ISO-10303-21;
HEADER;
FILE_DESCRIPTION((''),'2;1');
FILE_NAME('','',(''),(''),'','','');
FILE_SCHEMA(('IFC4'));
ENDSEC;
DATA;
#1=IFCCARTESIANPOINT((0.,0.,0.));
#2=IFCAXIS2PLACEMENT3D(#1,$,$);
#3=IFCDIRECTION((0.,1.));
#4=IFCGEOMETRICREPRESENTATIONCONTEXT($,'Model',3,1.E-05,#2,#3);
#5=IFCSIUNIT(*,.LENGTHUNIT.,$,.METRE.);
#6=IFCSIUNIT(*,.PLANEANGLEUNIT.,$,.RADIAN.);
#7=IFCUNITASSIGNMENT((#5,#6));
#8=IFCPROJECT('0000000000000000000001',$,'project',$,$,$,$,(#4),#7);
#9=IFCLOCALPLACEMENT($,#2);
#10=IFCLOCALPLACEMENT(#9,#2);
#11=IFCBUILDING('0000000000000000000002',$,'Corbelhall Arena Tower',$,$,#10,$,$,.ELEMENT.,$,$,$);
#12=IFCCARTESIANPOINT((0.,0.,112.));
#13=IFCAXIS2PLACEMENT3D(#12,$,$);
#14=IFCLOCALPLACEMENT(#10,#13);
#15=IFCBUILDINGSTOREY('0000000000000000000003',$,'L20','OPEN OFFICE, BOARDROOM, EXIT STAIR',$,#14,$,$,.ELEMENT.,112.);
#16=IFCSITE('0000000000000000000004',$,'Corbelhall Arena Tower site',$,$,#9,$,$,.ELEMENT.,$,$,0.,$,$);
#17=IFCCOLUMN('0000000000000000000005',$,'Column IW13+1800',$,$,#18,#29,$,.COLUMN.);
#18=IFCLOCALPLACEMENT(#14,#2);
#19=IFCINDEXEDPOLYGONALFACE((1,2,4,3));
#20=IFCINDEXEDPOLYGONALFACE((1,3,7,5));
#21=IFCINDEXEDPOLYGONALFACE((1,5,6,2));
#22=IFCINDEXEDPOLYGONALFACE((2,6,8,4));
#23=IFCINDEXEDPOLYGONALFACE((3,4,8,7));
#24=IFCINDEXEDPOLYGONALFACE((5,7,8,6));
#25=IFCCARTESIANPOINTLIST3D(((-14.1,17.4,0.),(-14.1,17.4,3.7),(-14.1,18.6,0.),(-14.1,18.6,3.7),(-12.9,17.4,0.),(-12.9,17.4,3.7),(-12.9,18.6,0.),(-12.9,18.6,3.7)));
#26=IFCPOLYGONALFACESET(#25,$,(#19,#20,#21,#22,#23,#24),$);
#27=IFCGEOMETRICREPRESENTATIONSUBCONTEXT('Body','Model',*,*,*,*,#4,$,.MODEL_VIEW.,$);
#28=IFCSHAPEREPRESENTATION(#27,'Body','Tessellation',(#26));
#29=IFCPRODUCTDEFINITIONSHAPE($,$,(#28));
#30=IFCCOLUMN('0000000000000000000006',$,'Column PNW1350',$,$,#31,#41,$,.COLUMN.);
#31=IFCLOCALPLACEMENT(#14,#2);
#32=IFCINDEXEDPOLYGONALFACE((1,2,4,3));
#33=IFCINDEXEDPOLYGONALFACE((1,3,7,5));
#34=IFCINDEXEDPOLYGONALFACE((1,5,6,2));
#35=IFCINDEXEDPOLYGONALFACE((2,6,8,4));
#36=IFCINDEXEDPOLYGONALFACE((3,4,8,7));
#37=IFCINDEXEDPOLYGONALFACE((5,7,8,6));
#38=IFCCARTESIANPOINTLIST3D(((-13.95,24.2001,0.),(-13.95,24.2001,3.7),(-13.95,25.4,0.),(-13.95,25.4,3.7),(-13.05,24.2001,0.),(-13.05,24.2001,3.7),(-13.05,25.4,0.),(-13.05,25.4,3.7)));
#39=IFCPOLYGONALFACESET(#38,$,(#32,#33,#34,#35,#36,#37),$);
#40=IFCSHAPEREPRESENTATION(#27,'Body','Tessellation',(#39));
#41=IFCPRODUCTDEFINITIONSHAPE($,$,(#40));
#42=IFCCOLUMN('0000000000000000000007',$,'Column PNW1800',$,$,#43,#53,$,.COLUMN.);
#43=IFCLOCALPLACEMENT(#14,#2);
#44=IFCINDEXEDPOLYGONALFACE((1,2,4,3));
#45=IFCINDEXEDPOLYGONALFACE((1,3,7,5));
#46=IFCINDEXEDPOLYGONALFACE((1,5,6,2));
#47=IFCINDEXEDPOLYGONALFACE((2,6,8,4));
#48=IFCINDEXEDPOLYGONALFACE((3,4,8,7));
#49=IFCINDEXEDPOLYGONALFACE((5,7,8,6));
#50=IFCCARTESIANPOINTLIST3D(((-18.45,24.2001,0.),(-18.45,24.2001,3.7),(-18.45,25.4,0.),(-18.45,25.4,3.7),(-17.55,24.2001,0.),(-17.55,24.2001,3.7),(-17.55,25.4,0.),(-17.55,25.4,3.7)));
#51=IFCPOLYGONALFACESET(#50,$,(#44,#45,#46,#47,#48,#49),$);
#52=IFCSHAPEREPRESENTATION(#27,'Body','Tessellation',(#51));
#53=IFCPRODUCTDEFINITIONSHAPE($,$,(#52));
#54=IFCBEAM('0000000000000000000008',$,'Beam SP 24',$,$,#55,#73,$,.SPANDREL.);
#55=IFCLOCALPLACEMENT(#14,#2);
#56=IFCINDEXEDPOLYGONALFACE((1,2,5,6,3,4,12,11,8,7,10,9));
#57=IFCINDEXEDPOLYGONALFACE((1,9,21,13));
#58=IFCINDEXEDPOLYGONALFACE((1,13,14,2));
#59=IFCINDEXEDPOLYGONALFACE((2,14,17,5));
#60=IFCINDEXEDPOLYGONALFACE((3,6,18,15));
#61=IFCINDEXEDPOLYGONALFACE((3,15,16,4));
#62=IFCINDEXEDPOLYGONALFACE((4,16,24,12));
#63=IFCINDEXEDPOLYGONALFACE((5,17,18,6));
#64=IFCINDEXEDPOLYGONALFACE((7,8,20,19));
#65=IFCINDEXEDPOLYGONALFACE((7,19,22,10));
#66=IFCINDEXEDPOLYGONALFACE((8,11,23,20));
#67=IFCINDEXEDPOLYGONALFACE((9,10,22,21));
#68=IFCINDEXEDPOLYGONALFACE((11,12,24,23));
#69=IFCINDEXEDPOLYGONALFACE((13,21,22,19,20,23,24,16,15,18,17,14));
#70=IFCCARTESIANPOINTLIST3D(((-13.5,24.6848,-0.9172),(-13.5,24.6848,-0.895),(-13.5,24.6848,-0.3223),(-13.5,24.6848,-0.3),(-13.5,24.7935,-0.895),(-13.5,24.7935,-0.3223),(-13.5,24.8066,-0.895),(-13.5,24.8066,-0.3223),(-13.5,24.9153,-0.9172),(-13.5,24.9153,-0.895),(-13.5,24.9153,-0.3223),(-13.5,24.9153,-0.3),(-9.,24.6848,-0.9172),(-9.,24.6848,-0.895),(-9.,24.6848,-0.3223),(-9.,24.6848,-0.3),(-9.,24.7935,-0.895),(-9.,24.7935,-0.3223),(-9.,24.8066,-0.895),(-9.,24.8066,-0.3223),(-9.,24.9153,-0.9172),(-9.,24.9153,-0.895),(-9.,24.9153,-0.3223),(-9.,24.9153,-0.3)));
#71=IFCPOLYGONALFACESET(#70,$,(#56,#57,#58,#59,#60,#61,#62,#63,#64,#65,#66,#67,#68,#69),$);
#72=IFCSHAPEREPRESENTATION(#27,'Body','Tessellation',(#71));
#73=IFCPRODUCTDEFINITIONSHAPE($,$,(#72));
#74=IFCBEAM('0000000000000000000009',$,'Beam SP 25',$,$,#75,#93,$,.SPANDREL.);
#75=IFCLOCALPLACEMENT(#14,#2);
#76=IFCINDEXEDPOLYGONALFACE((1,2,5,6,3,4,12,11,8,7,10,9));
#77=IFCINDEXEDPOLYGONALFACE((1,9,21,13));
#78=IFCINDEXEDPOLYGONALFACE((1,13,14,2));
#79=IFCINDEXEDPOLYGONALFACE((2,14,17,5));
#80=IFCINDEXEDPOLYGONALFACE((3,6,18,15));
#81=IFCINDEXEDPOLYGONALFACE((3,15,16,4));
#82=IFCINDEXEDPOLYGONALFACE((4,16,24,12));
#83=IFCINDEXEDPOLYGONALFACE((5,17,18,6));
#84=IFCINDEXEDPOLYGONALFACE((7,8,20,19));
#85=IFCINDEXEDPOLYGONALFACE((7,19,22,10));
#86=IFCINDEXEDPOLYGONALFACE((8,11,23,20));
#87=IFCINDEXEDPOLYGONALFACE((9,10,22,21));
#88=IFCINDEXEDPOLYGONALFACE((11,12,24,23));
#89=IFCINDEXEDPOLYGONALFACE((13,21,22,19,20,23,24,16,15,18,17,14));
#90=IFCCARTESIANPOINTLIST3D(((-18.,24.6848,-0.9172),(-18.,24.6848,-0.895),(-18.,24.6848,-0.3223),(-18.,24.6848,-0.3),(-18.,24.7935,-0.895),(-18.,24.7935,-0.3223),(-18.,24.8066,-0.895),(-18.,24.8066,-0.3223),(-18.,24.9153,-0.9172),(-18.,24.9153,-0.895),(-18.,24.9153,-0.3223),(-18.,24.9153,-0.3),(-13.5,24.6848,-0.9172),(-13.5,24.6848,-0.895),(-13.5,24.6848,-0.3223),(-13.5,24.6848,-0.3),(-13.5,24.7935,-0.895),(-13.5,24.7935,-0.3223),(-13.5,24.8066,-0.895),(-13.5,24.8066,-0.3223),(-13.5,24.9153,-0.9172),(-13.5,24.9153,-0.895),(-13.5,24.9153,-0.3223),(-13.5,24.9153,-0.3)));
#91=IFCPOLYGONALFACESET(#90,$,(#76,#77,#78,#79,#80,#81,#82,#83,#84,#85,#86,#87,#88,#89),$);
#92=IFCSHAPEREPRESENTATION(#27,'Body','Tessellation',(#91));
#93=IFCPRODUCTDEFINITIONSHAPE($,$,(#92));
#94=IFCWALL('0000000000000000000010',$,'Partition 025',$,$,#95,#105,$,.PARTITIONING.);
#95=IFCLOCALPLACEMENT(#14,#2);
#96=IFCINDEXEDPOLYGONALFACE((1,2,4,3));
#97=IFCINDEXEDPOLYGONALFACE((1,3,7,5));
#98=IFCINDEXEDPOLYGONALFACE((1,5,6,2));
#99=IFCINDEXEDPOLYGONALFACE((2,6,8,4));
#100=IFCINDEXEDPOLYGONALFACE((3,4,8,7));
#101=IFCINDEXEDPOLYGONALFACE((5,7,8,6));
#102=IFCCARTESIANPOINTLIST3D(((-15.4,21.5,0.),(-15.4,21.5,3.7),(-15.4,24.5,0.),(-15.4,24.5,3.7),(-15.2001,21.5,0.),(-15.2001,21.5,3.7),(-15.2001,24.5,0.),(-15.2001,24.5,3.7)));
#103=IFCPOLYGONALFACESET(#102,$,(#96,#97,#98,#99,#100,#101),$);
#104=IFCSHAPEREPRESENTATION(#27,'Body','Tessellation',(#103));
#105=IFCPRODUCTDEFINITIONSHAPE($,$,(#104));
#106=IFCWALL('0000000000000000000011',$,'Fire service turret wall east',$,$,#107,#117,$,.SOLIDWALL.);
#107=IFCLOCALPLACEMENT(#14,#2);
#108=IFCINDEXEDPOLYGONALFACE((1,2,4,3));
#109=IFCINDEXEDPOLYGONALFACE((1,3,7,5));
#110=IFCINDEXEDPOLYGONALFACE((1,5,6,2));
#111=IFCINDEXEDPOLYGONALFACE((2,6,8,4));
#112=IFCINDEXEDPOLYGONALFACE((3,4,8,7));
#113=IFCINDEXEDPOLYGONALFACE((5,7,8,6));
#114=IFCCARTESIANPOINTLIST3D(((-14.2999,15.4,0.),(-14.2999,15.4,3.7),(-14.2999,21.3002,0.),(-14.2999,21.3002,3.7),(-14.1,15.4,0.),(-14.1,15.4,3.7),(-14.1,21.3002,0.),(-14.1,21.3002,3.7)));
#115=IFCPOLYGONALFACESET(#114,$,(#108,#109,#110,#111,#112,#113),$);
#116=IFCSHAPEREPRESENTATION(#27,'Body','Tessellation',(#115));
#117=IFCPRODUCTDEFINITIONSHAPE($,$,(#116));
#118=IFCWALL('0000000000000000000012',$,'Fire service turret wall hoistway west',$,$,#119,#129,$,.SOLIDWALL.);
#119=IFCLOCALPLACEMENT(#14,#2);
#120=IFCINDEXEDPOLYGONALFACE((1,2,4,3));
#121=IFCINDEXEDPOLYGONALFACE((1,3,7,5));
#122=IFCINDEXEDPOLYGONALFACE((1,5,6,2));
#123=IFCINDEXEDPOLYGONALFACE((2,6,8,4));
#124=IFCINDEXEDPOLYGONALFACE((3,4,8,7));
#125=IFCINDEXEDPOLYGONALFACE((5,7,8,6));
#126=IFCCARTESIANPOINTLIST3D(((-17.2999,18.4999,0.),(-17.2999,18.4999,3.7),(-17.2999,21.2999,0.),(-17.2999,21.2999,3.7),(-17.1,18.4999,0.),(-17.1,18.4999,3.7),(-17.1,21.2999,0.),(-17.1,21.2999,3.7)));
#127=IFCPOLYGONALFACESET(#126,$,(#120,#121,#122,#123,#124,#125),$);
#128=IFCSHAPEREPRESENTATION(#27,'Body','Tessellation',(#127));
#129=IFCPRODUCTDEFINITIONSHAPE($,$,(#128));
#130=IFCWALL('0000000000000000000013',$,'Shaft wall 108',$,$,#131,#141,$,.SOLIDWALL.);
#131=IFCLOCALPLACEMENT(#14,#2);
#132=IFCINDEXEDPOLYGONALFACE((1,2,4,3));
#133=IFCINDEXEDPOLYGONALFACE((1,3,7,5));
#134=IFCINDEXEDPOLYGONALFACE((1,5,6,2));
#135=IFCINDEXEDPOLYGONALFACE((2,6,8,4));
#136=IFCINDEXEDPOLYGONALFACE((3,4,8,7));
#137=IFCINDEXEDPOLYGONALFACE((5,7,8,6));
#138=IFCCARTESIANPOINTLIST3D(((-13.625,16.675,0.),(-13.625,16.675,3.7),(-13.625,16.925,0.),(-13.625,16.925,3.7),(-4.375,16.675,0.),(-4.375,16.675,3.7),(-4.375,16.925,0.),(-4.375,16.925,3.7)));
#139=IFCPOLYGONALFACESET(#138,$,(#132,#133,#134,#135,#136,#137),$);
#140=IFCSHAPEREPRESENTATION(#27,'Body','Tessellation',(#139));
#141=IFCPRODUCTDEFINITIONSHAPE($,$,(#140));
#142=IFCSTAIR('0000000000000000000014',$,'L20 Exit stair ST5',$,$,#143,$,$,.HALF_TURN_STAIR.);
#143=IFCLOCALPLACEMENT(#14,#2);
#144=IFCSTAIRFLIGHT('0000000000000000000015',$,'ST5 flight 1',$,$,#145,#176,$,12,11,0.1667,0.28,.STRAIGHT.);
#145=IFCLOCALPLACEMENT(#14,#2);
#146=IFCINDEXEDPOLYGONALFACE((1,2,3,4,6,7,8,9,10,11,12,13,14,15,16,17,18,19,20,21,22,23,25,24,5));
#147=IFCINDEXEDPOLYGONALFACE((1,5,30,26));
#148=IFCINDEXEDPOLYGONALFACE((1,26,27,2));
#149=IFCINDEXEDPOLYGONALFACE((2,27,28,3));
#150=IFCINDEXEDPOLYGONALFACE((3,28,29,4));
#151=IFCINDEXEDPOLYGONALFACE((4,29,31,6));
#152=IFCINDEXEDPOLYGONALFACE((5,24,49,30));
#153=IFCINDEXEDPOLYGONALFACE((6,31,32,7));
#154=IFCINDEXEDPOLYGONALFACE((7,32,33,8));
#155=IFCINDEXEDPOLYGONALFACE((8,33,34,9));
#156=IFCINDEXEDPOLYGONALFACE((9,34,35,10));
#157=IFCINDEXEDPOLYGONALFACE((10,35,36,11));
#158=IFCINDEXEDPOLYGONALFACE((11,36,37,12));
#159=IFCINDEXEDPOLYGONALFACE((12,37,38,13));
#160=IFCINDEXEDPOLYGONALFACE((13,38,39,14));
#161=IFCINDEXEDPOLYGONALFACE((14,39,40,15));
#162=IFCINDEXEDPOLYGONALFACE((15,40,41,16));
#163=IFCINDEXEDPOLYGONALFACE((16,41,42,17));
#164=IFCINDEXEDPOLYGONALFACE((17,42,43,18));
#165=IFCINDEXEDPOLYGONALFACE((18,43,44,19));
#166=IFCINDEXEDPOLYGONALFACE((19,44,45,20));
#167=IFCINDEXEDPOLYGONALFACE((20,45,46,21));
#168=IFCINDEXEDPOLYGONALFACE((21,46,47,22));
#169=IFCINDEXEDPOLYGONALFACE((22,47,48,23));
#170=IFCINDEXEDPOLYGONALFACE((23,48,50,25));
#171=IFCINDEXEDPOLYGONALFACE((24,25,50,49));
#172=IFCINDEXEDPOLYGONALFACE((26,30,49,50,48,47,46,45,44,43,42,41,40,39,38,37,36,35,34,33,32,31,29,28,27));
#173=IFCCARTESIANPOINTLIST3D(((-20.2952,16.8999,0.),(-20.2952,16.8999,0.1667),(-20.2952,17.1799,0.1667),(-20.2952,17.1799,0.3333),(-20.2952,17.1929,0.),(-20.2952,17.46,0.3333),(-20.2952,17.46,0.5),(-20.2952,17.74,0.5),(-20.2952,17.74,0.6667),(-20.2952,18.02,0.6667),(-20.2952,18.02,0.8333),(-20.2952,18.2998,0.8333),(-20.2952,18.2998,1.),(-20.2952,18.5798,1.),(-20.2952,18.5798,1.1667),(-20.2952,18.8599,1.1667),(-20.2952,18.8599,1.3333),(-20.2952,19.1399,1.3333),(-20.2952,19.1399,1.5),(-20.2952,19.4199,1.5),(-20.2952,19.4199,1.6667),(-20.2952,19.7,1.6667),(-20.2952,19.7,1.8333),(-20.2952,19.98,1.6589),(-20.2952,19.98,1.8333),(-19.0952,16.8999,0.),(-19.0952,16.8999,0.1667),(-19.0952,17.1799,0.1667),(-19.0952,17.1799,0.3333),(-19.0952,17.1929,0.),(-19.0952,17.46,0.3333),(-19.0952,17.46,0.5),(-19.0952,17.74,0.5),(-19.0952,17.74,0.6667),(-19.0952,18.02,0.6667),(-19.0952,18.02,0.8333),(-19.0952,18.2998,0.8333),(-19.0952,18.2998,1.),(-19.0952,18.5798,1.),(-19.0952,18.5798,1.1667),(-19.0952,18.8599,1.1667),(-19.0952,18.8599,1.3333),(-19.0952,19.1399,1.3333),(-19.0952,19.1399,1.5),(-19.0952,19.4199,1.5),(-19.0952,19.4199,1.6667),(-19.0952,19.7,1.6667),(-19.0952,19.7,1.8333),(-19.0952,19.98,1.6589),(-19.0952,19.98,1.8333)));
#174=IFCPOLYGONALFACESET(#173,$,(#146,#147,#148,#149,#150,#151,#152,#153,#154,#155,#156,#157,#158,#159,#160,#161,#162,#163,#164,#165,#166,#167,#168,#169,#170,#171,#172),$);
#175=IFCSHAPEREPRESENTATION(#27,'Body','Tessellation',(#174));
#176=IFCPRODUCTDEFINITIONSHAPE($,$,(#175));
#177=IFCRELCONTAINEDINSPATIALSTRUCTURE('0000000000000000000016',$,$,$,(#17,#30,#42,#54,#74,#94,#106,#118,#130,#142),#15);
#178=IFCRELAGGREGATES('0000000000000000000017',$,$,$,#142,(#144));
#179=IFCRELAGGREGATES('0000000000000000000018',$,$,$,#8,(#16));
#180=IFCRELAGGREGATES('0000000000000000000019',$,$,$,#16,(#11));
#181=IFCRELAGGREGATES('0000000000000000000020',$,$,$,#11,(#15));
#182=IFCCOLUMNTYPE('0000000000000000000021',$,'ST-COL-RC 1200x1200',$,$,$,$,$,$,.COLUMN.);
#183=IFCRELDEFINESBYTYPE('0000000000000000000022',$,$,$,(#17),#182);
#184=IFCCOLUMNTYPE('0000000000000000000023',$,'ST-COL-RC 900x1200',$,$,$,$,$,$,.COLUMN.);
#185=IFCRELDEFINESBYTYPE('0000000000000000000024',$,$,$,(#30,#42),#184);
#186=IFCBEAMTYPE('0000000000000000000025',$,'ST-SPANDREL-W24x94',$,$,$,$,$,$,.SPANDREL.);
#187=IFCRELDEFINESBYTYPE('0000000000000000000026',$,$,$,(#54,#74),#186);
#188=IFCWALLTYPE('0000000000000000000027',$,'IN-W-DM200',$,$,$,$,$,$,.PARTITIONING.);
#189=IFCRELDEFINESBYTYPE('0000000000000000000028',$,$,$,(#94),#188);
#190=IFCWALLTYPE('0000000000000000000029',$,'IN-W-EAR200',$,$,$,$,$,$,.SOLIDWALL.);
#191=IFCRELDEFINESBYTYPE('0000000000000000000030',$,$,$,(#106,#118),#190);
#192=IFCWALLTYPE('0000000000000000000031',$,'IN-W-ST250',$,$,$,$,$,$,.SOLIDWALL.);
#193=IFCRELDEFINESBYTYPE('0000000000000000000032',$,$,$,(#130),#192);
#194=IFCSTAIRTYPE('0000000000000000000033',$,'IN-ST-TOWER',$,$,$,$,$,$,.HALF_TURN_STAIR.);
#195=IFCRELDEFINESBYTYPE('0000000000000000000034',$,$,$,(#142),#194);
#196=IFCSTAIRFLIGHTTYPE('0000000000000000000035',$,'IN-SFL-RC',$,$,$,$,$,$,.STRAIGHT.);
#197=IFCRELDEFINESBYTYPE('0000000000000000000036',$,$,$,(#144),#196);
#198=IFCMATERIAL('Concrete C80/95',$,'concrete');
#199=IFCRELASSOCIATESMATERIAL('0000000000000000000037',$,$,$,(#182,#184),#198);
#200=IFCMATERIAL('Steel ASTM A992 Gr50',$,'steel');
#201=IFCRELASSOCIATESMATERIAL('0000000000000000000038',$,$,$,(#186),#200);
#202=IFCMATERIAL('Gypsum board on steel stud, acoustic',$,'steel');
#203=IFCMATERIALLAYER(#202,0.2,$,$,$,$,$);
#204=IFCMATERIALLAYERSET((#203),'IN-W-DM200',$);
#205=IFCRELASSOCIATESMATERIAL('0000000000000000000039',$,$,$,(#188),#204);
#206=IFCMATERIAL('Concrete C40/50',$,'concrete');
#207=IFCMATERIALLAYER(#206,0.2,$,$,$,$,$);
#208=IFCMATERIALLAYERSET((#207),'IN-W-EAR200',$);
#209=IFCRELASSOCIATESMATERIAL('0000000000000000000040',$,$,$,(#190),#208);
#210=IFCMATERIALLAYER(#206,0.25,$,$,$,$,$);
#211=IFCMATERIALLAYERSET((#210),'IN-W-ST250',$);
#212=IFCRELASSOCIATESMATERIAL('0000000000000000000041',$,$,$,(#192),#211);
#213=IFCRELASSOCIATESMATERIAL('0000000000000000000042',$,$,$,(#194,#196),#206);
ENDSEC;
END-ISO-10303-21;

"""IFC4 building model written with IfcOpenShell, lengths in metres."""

from ifc_helpers import new_model, si_unit, direction, frame, frame_2d, origin, origin_2d, place, context, subcontext, project, spatial, polyline, rectangle, i_section, outline, extrude, material, layer, layer_set, material_profile, profile_set, type_object, element, aggregate, save


model = new_model("IFC4")

# Units and contexts
model_context = context("Model", 3, precision=1e-05, world=origin(), true_north=direction((0.0, 1.0)))
body_context = subcontext(model_context, "Body", "Model", "MODEL_VIEW")
ifc_project = project(units=[si_unit("LENGTHUNIT", "METRE"), si_unit("PLANEANGLEUNIT", "RADIAN")], contexts=[model_context])

# Site, building, storey
site_placement = place(None, origin())
site = spatial("IfcSite", under=ifc_project, at=site_placement, Name="Corbelhall Arena Tower site", CompositionType="ELEMENT", RefElevation=0.0)
building_placement = place(site_placement, origin())
building = spatial("IfcBuilding", under=site, at=building_placement, Name="Corbelhall Arena Tower", CompositionType="ELEMENT")
storey_placement = place(building_placement, frame((0.0, 0.0, 112.0)))
storey = spatial("IfcBuildingStorey", under=building, at=storey_placement, Name="L20", Description="OPEN OFFICE, BOARDROOM, EXIT STAIR", CompositionType="ELEMENT", Elevation=112.0)

# Columns
ifc_material_1 = material(Name="Concrete C80/95", Category="concrete")
ifc_material_profile_1 = material_profile(ifc_material_1, rectangle(XDim=1.2, YDim=1.2, at=origin_2d()))
ifc_profile_set_1 = profile_set([ifc_material_profile_1], Name="Concrete C80/95")
column_type_1 = type_object("IfcColumnType", Name="ST-COL-RC 1200x1200", PredefinedType="COLUMN", material=ifc_profile_set_1)
column_placement = place(storey_placement, frame((-13.5, 18.0, 0.0), z_axis=(0.0, 0.0, 1.0), x_axis=(1.0, 0.0, 0.0)))
element("IfcColumn", 1, at=column_placement, inside=storey, type_object=column_type_1, Name="Column IW13+1800", PredefinedType="COLUMN", context=body_context, shape_type="SweptSolid", body=[
    extrude(rectangle(XDim=1.2, YDim=1.2, at=origin_2d()), origin(), (0.0, 0.0, 1.0), 3.7),
])
ifc_material_profile_2 = material_profile(ifc_material_1, rectangle(XDim=0.8999, YDim=1.2, at=origin_2d()))
ifc_profile_set_2 = profile_set([ifc_material_profile_2], Name="Concrete C80/95")
column_type_2 = type_object("IfcColumnType", Name="ST-COL-RC 900x1200", PredefinedType="COLUMN", material=ifc_profile_set_2)
for number, where, z_axis, x_axis, name in (
    (2, (-13.5, 24.8, 0.0), (0.0, 0.0, 1.0), (1.0, 0.0, 0.0), "Column PNW1350"),
    (3, (-18.0, 24.8, 0.0), (0.0, 0.0, 1.0), (1.0, 0.0, 0.0), "Column PNW1800"),
):
    element("IfcColumn", number, at=place(storey_placement, frame(where, z_axis=z_axis, x_axis=x_axis)), inside=storey, type_object=column_type_2, Name=name, PredefinedType="COLUMN", context=body_context, shape_type="SweptSolid", body=[
        extrude(rectangle(XDim=0.8999, YDim=1.2, at=origin_2d()), origin(), (0.0, 0.0, 1.0), 3.7),
    ])

# Beams
ifc_material_2 = material(Name="Steel ASTM A992 Gr50", Category="steel")
ifc_material_profile_3 = material_profile(ifc_material_2, i_section(OverallWidth=0.2305, OverallDepth=0.6172, WebThickness=0.0132, FlangeThickness=0.0222, at=origin_2d()))
ifc_profile_set_3 = profile_set([ifc_material_profile_3], Name="Steel ASTM A992 Gr50")
beam_type = type_object("IfcBeamType", Name="ST-SPANDREL-W24x94", PredefinedType="SPANDREL", material=ifc_profile_set_3)
for number, where, z_axis, x_axis, name in (
    (4, (-13.5, 24.8, -0.6086), (1.0, 0.0, 0.0), (0.0, 1.0, 0.0), "Beam SP 24"),
    (5, (-18.0, 24.8, -0.6086), (1.0, 0.0, 0.0), (0.0, 1.0, 0.0), "Beam SP 25"),
):
    element("IfcBeam", number, at=place(storey_placement, frame(where, z_axis=z_axis, x_axis=x_axis)), inside=storey, type_object=beam_type, Name=name, PredefinedType="SPANDREL", context=body_context, shape_type="SweptSolid", body=[
        extrude(i_section(OverallWidth=0.2305, OverallDepth=0.6172, WebThickness=0.0132, FlangeThickness=0.0222, at=origin_2d()), origin(), (0.0, 0.0, 1.0), 4.5),
    ])

# Walls
ifc_material_3 = material(Name="Gypsum board on steel stud, acoustic", Category="steel")
ifc_layer_1 = layer(ifc_material_3, 0.2)
ifc_layer_set_1 = layer_set([ifc_layer_1], Name="IN-W-DM200")
wall_type_1 = type_object("IfcWallType", Name="IN-W-DM200", PredefinedType="PARTITIONING", material=ifc_layer_set_1)
wall_1_placement = place(storey_placement, frame((-15.3, 24.5, 0.0), z_axis=(0.0, 0.0, 1.0), x_axis=(0.0, -1.0, 0.0)))
element("IfcWall", 6, at=wall_1_placement, inside=storey, type_object=wall_type_1, Name="Partition 025", PredefinedType="PARTITIONING", context=body_context, shape_type="SweptSolid", body=[
    extrude(rectangle(XDim=3.0, YDim=0.2, at=frame_2d((1.5, 0.0))), origin(), (0.0, 0.0, 1.0), 3.7),
])
ifc_material_4 = material(Name="Concrete C40/50", Category="concrete")
ifc_layer_2 = layer(ifc_material_4, 0.2)
ifc_layer_set_2 = layer_set([ifc_layer_2], Name="IN-W-EAR200")
wall_type_2 = type_object("IfcWallType", Name="IN-W-EAR200", PredefinedType="SOLIDWALL", material=ifc_layer_set_2)
wall_2_placement = place(storey_placement, frame((-14.2, 15.3999, 0.0), z_axis=(0.0, 0.0, 1.0), x_axis=(0.0, 1.0, 0.0)))
element("IfcWall", 7, at=wall_2_placement, inside=storey, type_object=wall_type_2, Name="Fire service turret wall east", PredefinedType="SOLIDWALL", context=body_context, shape_type="SweptSolid", body=[
    extrude(rectangle(XDim=5.9001, YDim=0.2, at=frame_2d((2.9502, 0.0))), origin(), (0.0, 0.0, 1.0), 3.7),
])
wall_3_placement = place(storey_placement, frame((-17.2, 18.5, 0.0), z_axis=(0.0, 0.0, 1.0), x_axis=(0.0, 1.0, 0.0)))
element("IfcWall", 8, at=wall_3_placement, inside=storey, type_object=wall_type_2, Name="Fire service turret wall hoistway west", PredefinedType="SOLIDWALL", context=body_context, shape_type="SweptSolid", body=[
    extrude(rectangle(XDim=2.8, YDim=0.2, at=frame_2d((1.3999, 0.0))), origin(), (0.0, 0.0, 1.0), 3.7),
])

# Wall
ifc_layer_3 = layer(ifc_material_4, 0.25)
ifc_layer_set_3 = layer_set([ifc_layer_3], Name="IN-W-ST250")
wall_type_3 = type_object("IfcWallType", Name="IN-W-ST250", PredefinedType="SOLIDWALL", material=ifc_layer_set_3)
wall_4_placement = place(storey_placement, frame((-13.625, 16.8, 0.0), z_axis=(0.0, 0.0, 1.0), x_axis=(1.0, 0.0, 0.0)))
element("IfcWall", 9, at=wall_4_placement, inside=storey, type_object=wall_type_3, Name="Shaft wall 108", PredefinedType="SOLIDWALL", context=body_context, shape_type="SweptSolid", body=[
    extrude(rectangle(XDim=9.25, YDim=0.25, at=frame_2d((4.625, 0.0))), origin(), (0.0, 0.0, 1.0), 3.7),
])

# Stair, stair flight
stair_type = type_object("IfcStairType", Name="IN-ST-TOWER", PredefinedType="HALF_TURN_STAIR", material=ifc_material_4)
stair_placement = place(storey_placement, origin())
stair = element("IfcStair", 10, at=stair_placement, inside=storey, type_object=stair_type, Name="L20 Exit stair ST5", PredefinedType="HALF_TURN_STAIR")
stair_flight_type = type_object("IfcStairFlightType", Name="IN-SFL-RC", PredefinedType="STRAIGHT", material=ifc_material_4)
stair_flight_placement = place(storey_placement, frame((-19.6951, 16.8999, 0.0), z_axis=(0.0, 0.0, 1.0), x_axis=(0.0, 1.0, 0.0)))
stair_flight = element("IfcStairFlight", 11, at=stair_flight_placement, type_object=stair_flight_type, Name="ST5 flight 1", NumberOfRisers=12, NumberOfTreads=11, PredefinedType="STRAIGHT", RiserHeight=0.1667, TreadLength=0.28, context=body_context, shape_type="SweptSolid", body=[
    extrude(outline(polyline([(0.0, 0.0), (0.0, 0.1667), (0.28, 0.1667), (0.28, 0.3333), (0.5601, 0.3333), (0.5601, 0.5), (0.8401, 0.5), (0.8401, 0.6667), (1.1201, 0.6667), (1.1201, 0.8333), (1.3999, 0.8333), (1.3999, 1.0), (1.6799, 1.0), (1.6799, 1.1667), (1.96, 1.1667), (1.96, 1.3333), (2.24, 1.3333), (2.24, 1.5), (2.52, 1.5), (2.52, 1.6667), (2.8, 1.6667), (2.8, 1.8333), (3.0801, 1.8333), (3.0801, 2.0), (3.0801, 1.6589), (0.293, 0.0), (0.0, 0.0)])), frame((0.0, 0.6001, 0.0), z_axis=(0.0, -1.0, 0.0), x_axis=(1.0, 0.0, 0.0)), (0.0, 0.0, 1.0), 1.2),
])
aggregate(stair, [stair_flight])

save(model, "model.ifc")
